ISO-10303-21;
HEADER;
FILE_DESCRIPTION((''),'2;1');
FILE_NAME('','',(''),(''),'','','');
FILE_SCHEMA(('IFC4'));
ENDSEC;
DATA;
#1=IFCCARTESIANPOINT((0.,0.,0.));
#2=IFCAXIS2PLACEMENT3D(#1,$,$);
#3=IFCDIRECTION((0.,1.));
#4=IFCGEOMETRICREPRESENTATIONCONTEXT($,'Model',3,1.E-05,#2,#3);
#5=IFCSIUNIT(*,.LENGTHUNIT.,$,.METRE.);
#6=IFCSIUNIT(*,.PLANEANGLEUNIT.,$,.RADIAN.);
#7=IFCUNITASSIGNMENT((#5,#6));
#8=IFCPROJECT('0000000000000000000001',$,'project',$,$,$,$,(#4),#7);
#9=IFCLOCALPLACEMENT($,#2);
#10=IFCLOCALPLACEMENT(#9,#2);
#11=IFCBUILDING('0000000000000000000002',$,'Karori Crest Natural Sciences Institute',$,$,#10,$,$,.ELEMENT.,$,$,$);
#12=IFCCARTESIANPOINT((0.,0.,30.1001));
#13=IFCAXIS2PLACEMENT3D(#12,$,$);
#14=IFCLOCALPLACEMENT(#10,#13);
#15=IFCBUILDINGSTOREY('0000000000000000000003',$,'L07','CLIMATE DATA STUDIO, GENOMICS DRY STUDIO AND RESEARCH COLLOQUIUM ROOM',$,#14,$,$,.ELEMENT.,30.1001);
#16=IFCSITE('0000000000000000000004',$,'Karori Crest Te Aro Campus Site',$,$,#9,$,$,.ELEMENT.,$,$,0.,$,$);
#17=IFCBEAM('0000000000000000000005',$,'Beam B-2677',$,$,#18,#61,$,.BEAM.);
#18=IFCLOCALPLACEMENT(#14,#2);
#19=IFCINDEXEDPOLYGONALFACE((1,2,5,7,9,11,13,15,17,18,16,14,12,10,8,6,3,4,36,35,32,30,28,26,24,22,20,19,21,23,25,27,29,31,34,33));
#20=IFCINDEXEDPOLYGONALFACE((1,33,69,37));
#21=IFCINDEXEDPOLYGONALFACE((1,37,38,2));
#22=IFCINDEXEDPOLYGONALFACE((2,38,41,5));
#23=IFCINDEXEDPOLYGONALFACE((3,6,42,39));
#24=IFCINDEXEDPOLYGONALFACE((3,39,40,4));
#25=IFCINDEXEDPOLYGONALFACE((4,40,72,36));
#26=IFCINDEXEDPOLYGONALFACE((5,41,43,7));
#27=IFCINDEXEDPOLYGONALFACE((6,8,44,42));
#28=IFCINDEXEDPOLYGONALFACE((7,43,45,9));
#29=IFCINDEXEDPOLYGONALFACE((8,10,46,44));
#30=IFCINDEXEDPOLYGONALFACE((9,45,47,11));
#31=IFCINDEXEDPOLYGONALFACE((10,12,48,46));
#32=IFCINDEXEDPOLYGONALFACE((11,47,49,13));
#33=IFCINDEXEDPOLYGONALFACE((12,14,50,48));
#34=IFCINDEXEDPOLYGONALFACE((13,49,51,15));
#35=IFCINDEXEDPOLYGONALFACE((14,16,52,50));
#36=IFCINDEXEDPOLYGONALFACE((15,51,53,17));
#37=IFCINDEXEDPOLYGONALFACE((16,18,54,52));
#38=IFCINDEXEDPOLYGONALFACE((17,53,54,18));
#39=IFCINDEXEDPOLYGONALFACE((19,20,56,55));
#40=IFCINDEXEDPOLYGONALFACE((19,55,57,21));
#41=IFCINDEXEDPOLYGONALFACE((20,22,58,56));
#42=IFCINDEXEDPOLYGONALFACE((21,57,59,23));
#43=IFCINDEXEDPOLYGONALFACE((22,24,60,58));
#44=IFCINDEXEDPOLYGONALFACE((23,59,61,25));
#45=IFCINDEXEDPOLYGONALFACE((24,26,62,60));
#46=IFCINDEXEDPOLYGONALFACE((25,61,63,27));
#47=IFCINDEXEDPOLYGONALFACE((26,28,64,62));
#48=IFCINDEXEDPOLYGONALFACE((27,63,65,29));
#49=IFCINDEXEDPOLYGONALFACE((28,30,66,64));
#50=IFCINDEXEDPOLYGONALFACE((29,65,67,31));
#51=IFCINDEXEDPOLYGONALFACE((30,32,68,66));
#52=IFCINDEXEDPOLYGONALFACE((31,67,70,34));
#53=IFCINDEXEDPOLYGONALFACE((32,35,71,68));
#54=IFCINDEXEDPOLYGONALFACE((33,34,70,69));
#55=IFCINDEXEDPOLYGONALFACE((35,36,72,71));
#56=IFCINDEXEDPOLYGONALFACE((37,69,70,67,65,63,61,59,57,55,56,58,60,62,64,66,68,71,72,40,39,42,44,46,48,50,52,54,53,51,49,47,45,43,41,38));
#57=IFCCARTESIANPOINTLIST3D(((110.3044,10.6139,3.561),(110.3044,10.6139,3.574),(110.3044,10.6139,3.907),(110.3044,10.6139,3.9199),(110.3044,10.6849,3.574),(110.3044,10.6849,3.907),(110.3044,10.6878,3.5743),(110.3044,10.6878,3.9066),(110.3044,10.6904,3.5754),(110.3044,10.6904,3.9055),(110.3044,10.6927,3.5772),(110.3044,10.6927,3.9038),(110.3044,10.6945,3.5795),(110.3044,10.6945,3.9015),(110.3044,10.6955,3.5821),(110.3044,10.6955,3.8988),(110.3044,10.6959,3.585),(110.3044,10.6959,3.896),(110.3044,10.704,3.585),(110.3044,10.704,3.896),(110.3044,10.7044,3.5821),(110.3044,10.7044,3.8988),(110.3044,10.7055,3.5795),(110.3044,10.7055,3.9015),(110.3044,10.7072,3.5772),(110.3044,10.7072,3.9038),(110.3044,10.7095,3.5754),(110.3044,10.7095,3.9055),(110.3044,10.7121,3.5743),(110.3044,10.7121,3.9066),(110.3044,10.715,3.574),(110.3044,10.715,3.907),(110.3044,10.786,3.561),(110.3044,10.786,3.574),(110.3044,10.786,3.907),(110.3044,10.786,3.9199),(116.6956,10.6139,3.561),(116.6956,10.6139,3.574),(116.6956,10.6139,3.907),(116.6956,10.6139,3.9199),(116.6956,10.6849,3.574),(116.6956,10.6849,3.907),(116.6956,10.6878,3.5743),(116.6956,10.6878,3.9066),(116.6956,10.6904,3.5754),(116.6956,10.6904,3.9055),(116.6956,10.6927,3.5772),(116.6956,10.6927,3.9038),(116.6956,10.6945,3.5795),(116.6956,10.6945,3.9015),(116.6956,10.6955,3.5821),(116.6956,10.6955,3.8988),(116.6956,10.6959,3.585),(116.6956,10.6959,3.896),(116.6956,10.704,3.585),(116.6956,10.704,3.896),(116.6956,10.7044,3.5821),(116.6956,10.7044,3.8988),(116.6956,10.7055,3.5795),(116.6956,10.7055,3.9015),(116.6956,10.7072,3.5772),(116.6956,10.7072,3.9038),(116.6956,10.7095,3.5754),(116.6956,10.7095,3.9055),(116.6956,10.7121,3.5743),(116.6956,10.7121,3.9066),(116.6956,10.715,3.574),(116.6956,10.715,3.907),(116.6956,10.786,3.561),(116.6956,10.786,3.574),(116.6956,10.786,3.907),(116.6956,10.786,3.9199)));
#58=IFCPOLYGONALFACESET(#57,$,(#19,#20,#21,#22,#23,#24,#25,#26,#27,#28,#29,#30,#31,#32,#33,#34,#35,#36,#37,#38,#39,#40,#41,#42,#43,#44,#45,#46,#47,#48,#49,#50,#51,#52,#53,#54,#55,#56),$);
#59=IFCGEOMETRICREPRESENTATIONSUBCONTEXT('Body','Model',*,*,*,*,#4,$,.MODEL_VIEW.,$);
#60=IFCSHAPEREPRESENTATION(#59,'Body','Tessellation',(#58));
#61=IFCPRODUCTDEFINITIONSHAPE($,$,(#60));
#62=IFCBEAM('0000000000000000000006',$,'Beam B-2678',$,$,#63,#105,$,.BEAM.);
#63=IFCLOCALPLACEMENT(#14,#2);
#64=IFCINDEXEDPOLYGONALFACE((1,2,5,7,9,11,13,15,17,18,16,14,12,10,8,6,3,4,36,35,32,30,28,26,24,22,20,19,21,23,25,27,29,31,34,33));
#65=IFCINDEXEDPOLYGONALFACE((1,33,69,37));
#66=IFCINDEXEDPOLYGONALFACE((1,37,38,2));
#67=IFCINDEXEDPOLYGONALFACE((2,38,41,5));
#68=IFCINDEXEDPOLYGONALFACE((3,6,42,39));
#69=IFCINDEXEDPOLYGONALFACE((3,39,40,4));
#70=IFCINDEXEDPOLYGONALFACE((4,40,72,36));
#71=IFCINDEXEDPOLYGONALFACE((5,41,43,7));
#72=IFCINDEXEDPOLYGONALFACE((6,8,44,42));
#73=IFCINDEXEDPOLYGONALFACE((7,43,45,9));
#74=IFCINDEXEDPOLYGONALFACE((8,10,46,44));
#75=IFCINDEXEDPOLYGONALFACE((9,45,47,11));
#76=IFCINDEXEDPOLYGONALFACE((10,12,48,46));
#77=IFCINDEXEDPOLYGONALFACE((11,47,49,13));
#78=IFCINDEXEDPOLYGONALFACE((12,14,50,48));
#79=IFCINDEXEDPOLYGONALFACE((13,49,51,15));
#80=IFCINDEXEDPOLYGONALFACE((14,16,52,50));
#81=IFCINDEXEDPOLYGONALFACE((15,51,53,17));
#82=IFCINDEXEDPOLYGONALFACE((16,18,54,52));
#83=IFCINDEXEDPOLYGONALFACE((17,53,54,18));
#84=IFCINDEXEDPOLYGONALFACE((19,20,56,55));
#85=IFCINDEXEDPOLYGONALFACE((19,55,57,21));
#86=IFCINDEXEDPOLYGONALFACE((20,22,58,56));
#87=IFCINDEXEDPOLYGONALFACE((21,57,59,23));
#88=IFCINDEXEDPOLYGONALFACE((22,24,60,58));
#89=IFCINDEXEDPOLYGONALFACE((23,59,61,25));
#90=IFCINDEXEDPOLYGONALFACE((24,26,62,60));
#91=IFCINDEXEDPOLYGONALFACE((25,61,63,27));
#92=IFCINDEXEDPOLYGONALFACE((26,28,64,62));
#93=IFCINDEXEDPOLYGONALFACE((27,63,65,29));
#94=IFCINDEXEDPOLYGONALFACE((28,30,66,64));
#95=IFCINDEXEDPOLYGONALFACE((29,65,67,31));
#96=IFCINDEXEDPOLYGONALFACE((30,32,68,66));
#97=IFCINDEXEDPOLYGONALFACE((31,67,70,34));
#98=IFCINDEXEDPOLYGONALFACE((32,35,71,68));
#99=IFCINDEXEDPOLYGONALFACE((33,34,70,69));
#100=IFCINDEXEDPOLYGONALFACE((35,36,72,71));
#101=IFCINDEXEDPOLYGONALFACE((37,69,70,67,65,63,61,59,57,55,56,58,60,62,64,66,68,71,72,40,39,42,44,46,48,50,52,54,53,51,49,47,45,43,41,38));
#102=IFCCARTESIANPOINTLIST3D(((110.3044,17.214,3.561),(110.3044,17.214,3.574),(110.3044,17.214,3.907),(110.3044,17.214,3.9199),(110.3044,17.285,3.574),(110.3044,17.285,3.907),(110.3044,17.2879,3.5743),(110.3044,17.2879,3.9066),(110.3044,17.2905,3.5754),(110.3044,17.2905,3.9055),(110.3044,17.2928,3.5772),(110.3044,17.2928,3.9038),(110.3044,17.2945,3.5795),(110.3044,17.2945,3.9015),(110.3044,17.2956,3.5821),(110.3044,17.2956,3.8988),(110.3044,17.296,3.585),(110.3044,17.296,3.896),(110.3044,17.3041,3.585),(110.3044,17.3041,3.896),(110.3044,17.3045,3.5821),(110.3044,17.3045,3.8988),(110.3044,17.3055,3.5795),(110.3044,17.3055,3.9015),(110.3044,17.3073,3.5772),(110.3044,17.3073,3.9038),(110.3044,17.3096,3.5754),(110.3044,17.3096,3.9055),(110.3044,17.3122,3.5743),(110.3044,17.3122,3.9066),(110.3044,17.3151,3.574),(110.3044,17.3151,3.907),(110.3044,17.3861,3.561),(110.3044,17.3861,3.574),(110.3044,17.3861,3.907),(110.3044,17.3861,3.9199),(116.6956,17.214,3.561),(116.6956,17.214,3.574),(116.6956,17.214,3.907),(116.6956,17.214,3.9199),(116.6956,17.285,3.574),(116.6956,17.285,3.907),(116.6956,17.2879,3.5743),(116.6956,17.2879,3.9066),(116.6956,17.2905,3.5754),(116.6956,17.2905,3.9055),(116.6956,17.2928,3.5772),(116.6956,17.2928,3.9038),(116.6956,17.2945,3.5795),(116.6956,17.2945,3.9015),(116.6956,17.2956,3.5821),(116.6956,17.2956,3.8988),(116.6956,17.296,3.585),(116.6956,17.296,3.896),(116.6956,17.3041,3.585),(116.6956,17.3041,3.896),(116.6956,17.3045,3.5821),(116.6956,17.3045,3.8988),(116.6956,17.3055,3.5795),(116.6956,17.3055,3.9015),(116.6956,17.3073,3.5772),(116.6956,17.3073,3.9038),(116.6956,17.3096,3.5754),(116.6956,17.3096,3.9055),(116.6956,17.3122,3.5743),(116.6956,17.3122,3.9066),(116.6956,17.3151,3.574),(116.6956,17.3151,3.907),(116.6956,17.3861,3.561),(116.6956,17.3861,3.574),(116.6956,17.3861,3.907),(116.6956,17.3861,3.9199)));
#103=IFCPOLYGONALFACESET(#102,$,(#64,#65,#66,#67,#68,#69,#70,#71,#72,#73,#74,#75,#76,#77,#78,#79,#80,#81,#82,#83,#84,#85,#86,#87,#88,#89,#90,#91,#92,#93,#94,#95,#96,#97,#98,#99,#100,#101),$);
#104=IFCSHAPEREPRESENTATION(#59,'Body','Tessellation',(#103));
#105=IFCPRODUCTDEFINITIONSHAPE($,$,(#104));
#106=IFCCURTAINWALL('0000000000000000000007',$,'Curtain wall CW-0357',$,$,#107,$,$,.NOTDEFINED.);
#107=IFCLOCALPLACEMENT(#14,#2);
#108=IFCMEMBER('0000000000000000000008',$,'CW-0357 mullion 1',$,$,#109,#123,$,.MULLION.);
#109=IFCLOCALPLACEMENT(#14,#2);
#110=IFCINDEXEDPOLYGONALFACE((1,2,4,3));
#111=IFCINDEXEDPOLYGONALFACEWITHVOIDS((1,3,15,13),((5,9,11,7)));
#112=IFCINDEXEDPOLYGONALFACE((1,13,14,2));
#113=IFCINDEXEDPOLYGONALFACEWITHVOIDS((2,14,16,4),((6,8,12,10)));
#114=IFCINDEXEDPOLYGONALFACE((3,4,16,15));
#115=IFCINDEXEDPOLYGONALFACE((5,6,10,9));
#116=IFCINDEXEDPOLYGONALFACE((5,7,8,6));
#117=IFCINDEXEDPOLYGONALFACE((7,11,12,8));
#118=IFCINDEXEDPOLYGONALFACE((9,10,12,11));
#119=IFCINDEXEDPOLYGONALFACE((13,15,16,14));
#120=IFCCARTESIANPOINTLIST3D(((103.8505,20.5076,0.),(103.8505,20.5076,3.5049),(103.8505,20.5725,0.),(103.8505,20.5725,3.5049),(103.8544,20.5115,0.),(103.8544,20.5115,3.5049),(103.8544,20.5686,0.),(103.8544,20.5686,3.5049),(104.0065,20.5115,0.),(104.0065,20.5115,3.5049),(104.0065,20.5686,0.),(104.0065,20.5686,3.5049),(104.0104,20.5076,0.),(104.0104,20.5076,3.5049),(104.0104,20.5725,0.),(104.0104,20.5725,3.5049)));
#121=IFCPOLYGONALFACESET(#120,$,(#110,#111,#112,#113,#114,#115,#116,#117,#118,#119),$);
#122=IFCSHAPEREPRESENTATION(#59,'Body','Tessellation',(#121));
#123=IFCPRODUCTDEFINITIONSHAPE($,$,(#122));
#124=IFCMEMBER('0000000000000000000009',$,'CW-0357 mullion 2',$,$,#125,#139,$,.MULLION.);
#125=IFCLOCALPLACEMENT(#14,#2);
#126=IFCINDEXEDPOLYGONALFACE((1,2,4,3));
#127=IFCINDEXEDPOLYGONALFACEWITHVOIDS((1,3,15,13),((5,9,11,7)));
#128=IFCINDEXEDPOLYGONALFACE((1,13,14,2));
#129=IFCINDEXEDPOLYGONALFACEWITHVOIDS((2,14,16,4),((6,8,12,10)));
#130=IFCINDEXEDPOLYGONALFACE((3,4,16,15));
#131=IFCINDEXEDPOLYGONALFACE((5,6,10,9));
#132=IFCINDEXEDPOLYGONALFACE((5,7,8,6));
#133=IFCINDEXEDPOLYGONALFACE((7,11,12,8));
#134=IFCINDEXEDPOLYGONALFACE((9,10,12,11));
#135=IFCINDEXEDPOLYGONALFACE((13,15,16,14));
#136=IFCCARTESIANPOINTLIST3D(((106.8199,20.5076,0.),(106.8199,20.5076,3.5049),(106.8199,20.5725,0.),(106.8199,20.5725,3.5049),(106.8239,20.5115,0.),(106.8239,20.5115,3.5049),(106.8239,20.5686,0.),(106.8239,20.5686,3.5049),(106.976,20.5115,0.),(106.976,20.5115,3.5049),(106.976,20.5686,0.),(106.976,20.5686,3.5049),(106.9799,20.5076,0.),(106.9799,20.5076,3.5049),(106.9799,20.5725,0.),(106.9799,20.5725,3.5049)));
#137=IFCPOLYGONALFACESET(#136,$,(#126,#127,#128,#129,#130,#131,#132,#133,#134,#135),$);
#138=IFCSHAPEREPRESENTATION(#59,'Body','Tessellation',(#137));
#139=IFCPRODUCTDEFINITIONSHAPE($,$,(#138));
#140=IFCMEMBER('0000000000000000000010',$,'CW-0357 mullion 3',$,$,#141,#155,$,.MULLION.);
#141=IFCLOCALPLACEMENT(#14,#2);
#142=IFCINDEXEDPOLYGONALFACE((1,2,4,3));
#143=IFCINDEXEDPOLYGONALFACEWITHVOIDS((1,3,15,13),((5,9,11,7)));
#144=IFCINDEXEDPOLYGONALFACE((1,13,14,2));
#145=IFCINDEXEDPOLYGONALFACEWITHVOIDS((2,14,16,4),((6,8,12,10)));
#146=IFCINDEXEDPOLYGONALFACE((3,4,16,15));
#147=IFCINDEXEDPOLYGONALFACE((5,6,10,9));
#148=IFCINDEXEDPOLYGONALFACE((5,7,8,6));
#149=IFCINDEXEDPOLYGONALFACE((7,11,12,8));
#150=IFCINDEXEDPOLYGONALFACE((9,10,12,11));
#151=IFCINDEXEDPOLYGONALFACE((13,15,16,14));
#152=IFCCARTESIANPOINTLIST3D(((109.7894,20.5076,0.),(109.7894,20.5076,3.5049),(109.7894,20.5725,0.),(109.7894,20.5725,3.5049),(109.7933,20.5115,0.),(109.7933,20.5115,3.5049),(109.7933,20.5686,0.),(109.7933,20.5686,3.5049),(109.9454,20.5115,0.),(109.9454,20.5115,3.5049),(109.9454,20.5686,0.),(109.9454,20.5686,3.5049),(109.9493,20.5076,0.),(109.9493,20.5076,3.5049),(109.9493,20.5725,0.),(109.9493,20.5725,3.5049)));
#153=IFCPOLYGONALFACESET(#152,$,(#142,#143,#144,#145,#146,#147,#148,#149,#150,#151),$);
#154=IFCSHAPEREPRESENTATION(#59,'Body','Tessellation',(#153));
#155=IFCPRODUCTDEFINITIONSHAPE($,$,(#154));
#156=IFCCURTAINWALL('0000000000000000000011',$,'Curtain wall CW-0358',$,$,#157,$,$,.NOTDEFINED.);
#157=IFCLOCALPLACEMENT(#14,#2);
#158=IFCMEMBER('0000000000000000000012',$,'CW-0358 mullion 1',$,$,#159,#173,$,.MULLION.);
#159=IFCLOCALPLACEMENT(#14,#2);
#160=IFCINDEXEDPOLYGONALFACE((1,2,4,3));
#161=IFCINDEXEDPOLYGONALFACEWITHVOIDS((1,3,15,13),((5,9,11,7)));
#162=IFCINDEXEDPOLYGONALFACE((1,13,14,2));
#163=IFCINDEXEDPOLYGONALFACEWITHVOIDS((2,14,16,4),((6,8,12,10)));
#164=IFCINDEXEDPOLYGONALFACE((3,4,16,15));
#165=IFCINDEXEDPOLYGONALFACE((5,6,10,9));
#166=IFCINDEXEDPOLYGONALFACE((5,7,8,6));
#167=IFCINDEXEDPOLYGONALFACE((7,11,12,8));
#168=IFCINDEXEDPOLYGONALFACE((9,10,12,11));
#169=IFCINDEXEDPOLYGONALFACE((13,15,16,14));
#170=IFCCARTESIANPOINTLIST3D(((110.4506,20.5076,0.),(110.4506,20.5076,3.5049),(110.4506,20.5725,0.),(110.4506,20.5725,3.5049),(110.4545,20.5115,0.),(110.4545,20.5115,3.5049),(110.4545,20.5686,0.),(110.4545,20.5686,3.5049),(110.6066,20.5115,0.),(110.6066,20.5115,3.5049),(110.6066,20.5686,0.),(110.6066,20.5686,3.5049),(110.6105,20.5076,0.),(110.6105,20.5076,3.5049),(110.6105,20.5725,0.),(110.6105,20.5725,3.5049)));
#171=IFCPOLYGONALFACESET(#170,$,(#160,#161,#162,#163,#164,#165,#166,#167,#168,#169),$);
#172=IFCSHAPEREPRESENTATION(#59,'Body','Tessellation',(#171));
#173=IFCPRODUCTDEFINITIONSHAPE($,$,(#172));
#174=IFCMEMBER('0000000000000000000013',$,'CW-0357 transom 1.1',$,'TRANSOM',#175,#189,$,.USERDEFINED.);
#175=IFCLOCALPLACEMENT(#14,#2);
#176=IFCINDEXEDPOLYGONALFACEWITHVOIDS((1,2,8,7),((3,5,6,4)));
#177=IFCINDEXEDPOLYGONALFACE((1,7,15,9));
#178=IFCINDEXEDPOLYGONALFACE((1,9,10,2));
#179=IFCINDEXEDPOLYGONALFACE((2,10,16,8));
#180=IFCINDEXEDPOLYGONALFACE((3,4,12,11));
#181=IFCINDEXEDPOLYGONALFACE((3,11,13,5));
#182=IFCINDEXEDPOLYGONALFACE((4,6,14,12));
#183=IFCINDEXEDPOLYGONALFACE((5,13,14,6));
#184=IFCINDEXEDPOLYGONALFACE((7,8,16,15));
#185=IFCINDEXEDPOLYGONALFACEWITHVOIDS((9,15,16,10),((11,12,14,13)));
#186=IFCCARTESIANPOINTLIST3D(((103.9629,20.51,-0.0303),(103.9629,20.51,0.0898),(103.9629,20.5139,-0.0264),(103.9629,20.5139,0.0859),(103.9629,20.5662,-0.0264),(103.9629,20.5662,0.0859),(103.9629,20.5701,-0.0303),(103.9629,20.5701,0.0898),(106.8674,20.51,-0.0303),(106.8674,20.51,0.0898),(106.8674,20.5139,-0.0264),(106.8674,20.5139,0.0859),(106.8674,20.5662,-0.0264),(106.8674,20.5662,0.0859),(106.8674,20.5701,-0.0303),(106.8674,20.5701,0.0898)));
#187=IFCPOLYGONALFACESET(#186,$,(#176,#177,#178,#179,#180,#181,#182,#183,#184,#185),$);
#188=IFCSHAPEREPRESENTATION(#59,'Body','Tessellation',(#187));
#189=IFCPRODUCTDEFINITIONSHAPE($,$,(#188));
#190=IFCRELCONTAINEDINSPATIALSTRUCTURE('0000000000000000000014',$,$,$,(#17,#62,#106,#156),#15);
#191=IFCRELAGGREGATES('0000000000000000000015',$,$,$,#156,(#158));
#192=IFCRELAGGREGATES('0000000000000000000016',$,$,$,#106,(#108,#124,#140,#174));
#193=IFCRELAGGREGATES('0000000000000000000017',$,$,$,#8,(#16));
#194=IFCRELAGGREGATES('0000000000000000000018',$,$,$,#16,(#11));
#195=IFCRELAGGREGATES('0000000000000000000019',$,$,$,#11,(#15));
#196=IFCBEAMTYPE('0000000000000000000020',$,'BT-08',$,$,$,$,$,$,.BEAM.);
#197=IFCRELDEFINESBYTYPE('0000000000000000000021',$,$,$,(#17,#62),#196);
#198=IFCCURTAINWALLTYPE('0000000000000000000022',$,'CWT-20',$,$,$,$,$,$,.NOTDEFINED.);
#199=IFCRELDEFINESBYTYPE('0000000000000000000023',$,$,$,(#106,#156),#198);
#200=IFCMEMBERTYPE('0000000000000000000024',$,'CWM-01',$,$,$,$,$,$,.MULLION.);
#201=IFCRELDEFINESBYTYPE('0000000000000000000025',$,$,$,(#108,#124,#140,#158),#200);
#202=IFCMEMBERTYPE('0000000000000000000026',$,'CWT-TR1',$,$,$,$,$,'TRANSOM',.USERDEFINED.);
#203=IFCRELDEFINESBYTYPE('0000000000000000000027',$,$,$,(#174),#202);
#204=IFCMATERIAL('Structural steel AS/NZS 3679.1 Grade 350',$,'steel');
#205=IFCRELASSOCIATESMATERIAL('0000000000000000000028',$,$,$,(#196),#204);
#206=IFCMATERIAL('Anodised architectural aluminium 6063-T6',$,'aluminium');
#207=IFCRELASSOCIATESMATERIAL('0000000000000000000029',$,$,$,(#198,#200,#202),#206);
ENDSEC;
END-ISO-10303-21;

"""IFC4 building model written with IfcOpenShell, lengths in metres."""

from ifc_helpers import new_model, si_unit, direction, frame, origin, origin_2d, place, context, subcontext, project, spatial, hollow_rectangle, i_section, extrude, material, material_profile, profile_set, type_object, element, aggregate, save


model = new_model("IFC4")

# Units and contexts
model_context = context("Model", 3, precision=1e-05, world=origin(), true_north=direction((0.0, 1.0)))
body_context = subcontext(model_context, "Body", "Model", "MODEL_VIEW")
ifc_project = project(units=[si_unit("LENGTHUNIT", "METRE"), si_unit("PLANEANGLEUNIT", "RADIAN")], contexts=[model_context])

# Site, building, storey
site_placement = place(None, origin())
site = spatial("IfcSite", under=ifc_project, at=site_placement, Name="Karori Crest Te Aro Campus Site", CompositionType="ELEMENT", RefElevation=0.0)
building_placement = place(site_placement, origin())
building = spatial("IfcBuilding", under=site, at=building_placement, Name="Karori Crest Natural Sciences Institute", CompositionType="ELEMENT")
storey_placement = place(building_placement, frame((0.0, 0.0, 30.1001)))
storey = spatial("IfcBuildingStorey", under=building, at=storey_placement, Name="L07", Description="CLIMATE DATA STUDIO, GENOMICS DRY STUDIO AND RESEARCH COLLOQUIUM ROOM", CompositionType="ELEMENT", Elevation=30.1001)

# Shared definitions
ifc_material_1 = material(Name="Structural steel AS/NZS 3679.1 Grade 350", Category="steel")

# Beams
ifc_material_profile_1 = material_profile(ifc_material_1, i_section(OverallWidth=0.1721, OverallDepth=0.3589, WebThickness=0.0081, FlangeThickness=0.0129, FilletRadius=0.011, at=origin_2d()), Name="360UB56.7")
ifc_profile_set_1 = profile_set([ifc_material_profile_1], Name="Structural steel AS/NZS 3679.1 Grade 350")
beam_type_1 = type_object("IfcBeamType", Name="BT-08", PredefinedType="BEAM", material=ifc_profile_set_1)
for number, where, z_axis, x_axis, name in (
    (1, (110.3044, 10.7, 3.7405), (1.0, 0.0, 0.0), (0.0, 1.0, 0.0), "Beam B-2677"),
    (2, (110.3044, 17.3, 3.7405), (1.0, 0.0, 0.0), (0.0, 1.0, 0.0), "Beam B-2678"),
):
    element("IfcBeam", number, at=place(storey_placement, frame(where, z_axis=z_axis, x_axis=x_axis)), inside=storey, type_object=beam_type_1, Name=name, PredefinedType="BEAM", context=body_context, shape_type="SweptSolid", body=[
        extrude(i_section(OverallWidth=0.1721, OverallDepth=0.3589, WebThickness=0.0081, FlangeThickness=0.0129, FilletRadius=0.011, at=origin_2d()), origin(), (0.0, 0.0, 1.0), 6.3911),
    ])

# Curtain wall, members
ifc_material_2 = material(Name="Anodised architectural aluminium 6063-T6", Category="aluminium")
curtain_wall_type = type_object("IfcCurtainWallType", Name="CWT-20", PredefinedType="NOTDEFINED", material=ifc_material_2)
curtain_wall_1_placement = place(storey_placement, origin())
curtain_wall_1 = element("IfcCurtainWall", 3, at=curtain_wall_1_placement, inside=storey, type_object=curtain_wall_type, Name="Curtain wall CW-0357", PredefinedType="NOTDEFINED")
ifc_material_profile_2 = material_profile(ifc_material_2, hollow_rectangle(XDim=0.0649, YDim=0.1599, WallThickness=0.0039, at=origin_2d()), Name="CWM160x65x4")
ifc_profile_set_2 = profile_set([ifc_material_profile_2], Name="Anodised architectural aluminium 6063-T6")
member_type_1 = type_object("IfcMemberType", Name="CWM-01", PredefinedType="MULLION", material=ifc_profile_set_2)
member_1_placement = place(storey_placement, frame((103.9304, 20.54, 0.0), z_axis=(0.0, 0.0, 1.0), x_axis=(0.0, 1.0, 0.0)))
member_1 = element("IfcMember", 4, at=member_1_placement, type_object=member_type_1, Name="CW-0357 mullion 1", PredefinedType="MULLION", context=body_context, shape_type="SweptSolid", body=[
    extrude(hollow_rectangle(XDim=0.0649, YDim=0.1599, WallThickness=0.0039, at=origin_2d()), origin(), (0.0, 0.0, 1.0), 3.5049),
])
member_2_placement = place(storey_placement, frame((106.8999, 20.54, 0.0), z_axis=(0.0, 0.0, 1.0), x_axis=(0.0, 1.0, 0.0)))
member_2 = element("IfcMember", 5, at=member_2_placement, type_object=member_type_1, Name="CW-0357 mullion 2", PredefinedType="MULLION", context=body_context, shape_type="SweptSolid", body=[
    extrude(hollow_rectangle(XDim=0.0649, YDim=0.1599, WallThickness=0.0039, at=origin_2d()), origin(), (0.0, 0.0, 1.0), 3.5049),
])
member_3_placement = place(storey_placement, frame((109.8694, 20.54, 0.0), z_axis=(0.0, 0.0, 1.0), x_axis=(0.0, 1.0, 0.0)))
member_3 = element("IfcMember", 6, at=member_3_placement, type_object=member_type_1, Name="CW-0357 mullion 3", PredefinedType="MULLION", context=body_context, shape_type="SweptSolid", body=[
    extrude(hollow_rectangle(XDim=0.0649, YDim=0.1599, WallThickness=0.0039, at=origin_2d()), origin(), (0.0, 0.0, 1.0), 3.5049),
])

# Curtain wall, member
curtain_wall_2_placement = place(storey_placement, origin())
curtain_wall_2 = element("IfcCurtainWall", 7, at=curtain_wall_2_placement, inside=storey, type_object=curtain_wall_type, Name="Curtain wall CW-0358", PredefinedType="NOTDEFINED")
member_4_placement = place(storey_placement, frame((110.5305, 20.54, 0.0), z_axis=(0.0, 0.0, 1.0), x_axis=(0.0, 1.0, 0.0)))
member_4 = element("IfcMember", 8, at=member_4_placement, type_object=member_type_1, Name="CW-0358 mullion 1", PredefinedType="MULLION", context=body_context, shape_type="SweptSolid", body=[
    extrude(hollow_rectangle(XDim=0.0649, YDim=0.1599, WallThickness=0.0039, at=origin_2d()), origin(), (0.0, 0.0, 1.0), 3.5049),
])

# Member
ifc_material_profile_3 = material_profile(ifc_material_2, hollow_rectangle(XDim=0.0601, YDim=0.1201, WallThickness=0.0039, at=origin_2d()), Name="CWT120x60x4")
ifc_profile_set_3 = profile_set([ifc_material_profile_3], Name="Anodised architectural aluminium 6063-T6")
member_type_2 = type_object("IfcMemberType", Name="CWT-TR1", ElementType="TRANSOM", PredefinedType="USERDEFINED", material=ifc_profile_set_3)
member_5_placement = place(storey_placement, frame((103.9629, 20.54, 0.0298), z_axis=(1.0, 0.0, 0.0), x_axis=(0.0, 1.0, 0.0)))
member_5 = element("IfcMember", 9, at=member_5_placement, type_object=member_type_2, Name="CW-0357 transom 1.1", ObjectType="TRANSOM", PredefinedType="USERDEFINED", context=body_context, shape_type="SweptSolid", body=[
    extrude(hollow_rectangle(XDim=0.0601, YDim=0.1201, WallThickness=0.0039, at=origin_2d()), origin(), (0.0, 0.0, 1.0), 2.9045),
])
aggregate(curtain_wall_2, [member_4])

aggregate(curtain_wall_1, [member_1, member_2, member_3, member_5])

save(model, "model.ifc")
